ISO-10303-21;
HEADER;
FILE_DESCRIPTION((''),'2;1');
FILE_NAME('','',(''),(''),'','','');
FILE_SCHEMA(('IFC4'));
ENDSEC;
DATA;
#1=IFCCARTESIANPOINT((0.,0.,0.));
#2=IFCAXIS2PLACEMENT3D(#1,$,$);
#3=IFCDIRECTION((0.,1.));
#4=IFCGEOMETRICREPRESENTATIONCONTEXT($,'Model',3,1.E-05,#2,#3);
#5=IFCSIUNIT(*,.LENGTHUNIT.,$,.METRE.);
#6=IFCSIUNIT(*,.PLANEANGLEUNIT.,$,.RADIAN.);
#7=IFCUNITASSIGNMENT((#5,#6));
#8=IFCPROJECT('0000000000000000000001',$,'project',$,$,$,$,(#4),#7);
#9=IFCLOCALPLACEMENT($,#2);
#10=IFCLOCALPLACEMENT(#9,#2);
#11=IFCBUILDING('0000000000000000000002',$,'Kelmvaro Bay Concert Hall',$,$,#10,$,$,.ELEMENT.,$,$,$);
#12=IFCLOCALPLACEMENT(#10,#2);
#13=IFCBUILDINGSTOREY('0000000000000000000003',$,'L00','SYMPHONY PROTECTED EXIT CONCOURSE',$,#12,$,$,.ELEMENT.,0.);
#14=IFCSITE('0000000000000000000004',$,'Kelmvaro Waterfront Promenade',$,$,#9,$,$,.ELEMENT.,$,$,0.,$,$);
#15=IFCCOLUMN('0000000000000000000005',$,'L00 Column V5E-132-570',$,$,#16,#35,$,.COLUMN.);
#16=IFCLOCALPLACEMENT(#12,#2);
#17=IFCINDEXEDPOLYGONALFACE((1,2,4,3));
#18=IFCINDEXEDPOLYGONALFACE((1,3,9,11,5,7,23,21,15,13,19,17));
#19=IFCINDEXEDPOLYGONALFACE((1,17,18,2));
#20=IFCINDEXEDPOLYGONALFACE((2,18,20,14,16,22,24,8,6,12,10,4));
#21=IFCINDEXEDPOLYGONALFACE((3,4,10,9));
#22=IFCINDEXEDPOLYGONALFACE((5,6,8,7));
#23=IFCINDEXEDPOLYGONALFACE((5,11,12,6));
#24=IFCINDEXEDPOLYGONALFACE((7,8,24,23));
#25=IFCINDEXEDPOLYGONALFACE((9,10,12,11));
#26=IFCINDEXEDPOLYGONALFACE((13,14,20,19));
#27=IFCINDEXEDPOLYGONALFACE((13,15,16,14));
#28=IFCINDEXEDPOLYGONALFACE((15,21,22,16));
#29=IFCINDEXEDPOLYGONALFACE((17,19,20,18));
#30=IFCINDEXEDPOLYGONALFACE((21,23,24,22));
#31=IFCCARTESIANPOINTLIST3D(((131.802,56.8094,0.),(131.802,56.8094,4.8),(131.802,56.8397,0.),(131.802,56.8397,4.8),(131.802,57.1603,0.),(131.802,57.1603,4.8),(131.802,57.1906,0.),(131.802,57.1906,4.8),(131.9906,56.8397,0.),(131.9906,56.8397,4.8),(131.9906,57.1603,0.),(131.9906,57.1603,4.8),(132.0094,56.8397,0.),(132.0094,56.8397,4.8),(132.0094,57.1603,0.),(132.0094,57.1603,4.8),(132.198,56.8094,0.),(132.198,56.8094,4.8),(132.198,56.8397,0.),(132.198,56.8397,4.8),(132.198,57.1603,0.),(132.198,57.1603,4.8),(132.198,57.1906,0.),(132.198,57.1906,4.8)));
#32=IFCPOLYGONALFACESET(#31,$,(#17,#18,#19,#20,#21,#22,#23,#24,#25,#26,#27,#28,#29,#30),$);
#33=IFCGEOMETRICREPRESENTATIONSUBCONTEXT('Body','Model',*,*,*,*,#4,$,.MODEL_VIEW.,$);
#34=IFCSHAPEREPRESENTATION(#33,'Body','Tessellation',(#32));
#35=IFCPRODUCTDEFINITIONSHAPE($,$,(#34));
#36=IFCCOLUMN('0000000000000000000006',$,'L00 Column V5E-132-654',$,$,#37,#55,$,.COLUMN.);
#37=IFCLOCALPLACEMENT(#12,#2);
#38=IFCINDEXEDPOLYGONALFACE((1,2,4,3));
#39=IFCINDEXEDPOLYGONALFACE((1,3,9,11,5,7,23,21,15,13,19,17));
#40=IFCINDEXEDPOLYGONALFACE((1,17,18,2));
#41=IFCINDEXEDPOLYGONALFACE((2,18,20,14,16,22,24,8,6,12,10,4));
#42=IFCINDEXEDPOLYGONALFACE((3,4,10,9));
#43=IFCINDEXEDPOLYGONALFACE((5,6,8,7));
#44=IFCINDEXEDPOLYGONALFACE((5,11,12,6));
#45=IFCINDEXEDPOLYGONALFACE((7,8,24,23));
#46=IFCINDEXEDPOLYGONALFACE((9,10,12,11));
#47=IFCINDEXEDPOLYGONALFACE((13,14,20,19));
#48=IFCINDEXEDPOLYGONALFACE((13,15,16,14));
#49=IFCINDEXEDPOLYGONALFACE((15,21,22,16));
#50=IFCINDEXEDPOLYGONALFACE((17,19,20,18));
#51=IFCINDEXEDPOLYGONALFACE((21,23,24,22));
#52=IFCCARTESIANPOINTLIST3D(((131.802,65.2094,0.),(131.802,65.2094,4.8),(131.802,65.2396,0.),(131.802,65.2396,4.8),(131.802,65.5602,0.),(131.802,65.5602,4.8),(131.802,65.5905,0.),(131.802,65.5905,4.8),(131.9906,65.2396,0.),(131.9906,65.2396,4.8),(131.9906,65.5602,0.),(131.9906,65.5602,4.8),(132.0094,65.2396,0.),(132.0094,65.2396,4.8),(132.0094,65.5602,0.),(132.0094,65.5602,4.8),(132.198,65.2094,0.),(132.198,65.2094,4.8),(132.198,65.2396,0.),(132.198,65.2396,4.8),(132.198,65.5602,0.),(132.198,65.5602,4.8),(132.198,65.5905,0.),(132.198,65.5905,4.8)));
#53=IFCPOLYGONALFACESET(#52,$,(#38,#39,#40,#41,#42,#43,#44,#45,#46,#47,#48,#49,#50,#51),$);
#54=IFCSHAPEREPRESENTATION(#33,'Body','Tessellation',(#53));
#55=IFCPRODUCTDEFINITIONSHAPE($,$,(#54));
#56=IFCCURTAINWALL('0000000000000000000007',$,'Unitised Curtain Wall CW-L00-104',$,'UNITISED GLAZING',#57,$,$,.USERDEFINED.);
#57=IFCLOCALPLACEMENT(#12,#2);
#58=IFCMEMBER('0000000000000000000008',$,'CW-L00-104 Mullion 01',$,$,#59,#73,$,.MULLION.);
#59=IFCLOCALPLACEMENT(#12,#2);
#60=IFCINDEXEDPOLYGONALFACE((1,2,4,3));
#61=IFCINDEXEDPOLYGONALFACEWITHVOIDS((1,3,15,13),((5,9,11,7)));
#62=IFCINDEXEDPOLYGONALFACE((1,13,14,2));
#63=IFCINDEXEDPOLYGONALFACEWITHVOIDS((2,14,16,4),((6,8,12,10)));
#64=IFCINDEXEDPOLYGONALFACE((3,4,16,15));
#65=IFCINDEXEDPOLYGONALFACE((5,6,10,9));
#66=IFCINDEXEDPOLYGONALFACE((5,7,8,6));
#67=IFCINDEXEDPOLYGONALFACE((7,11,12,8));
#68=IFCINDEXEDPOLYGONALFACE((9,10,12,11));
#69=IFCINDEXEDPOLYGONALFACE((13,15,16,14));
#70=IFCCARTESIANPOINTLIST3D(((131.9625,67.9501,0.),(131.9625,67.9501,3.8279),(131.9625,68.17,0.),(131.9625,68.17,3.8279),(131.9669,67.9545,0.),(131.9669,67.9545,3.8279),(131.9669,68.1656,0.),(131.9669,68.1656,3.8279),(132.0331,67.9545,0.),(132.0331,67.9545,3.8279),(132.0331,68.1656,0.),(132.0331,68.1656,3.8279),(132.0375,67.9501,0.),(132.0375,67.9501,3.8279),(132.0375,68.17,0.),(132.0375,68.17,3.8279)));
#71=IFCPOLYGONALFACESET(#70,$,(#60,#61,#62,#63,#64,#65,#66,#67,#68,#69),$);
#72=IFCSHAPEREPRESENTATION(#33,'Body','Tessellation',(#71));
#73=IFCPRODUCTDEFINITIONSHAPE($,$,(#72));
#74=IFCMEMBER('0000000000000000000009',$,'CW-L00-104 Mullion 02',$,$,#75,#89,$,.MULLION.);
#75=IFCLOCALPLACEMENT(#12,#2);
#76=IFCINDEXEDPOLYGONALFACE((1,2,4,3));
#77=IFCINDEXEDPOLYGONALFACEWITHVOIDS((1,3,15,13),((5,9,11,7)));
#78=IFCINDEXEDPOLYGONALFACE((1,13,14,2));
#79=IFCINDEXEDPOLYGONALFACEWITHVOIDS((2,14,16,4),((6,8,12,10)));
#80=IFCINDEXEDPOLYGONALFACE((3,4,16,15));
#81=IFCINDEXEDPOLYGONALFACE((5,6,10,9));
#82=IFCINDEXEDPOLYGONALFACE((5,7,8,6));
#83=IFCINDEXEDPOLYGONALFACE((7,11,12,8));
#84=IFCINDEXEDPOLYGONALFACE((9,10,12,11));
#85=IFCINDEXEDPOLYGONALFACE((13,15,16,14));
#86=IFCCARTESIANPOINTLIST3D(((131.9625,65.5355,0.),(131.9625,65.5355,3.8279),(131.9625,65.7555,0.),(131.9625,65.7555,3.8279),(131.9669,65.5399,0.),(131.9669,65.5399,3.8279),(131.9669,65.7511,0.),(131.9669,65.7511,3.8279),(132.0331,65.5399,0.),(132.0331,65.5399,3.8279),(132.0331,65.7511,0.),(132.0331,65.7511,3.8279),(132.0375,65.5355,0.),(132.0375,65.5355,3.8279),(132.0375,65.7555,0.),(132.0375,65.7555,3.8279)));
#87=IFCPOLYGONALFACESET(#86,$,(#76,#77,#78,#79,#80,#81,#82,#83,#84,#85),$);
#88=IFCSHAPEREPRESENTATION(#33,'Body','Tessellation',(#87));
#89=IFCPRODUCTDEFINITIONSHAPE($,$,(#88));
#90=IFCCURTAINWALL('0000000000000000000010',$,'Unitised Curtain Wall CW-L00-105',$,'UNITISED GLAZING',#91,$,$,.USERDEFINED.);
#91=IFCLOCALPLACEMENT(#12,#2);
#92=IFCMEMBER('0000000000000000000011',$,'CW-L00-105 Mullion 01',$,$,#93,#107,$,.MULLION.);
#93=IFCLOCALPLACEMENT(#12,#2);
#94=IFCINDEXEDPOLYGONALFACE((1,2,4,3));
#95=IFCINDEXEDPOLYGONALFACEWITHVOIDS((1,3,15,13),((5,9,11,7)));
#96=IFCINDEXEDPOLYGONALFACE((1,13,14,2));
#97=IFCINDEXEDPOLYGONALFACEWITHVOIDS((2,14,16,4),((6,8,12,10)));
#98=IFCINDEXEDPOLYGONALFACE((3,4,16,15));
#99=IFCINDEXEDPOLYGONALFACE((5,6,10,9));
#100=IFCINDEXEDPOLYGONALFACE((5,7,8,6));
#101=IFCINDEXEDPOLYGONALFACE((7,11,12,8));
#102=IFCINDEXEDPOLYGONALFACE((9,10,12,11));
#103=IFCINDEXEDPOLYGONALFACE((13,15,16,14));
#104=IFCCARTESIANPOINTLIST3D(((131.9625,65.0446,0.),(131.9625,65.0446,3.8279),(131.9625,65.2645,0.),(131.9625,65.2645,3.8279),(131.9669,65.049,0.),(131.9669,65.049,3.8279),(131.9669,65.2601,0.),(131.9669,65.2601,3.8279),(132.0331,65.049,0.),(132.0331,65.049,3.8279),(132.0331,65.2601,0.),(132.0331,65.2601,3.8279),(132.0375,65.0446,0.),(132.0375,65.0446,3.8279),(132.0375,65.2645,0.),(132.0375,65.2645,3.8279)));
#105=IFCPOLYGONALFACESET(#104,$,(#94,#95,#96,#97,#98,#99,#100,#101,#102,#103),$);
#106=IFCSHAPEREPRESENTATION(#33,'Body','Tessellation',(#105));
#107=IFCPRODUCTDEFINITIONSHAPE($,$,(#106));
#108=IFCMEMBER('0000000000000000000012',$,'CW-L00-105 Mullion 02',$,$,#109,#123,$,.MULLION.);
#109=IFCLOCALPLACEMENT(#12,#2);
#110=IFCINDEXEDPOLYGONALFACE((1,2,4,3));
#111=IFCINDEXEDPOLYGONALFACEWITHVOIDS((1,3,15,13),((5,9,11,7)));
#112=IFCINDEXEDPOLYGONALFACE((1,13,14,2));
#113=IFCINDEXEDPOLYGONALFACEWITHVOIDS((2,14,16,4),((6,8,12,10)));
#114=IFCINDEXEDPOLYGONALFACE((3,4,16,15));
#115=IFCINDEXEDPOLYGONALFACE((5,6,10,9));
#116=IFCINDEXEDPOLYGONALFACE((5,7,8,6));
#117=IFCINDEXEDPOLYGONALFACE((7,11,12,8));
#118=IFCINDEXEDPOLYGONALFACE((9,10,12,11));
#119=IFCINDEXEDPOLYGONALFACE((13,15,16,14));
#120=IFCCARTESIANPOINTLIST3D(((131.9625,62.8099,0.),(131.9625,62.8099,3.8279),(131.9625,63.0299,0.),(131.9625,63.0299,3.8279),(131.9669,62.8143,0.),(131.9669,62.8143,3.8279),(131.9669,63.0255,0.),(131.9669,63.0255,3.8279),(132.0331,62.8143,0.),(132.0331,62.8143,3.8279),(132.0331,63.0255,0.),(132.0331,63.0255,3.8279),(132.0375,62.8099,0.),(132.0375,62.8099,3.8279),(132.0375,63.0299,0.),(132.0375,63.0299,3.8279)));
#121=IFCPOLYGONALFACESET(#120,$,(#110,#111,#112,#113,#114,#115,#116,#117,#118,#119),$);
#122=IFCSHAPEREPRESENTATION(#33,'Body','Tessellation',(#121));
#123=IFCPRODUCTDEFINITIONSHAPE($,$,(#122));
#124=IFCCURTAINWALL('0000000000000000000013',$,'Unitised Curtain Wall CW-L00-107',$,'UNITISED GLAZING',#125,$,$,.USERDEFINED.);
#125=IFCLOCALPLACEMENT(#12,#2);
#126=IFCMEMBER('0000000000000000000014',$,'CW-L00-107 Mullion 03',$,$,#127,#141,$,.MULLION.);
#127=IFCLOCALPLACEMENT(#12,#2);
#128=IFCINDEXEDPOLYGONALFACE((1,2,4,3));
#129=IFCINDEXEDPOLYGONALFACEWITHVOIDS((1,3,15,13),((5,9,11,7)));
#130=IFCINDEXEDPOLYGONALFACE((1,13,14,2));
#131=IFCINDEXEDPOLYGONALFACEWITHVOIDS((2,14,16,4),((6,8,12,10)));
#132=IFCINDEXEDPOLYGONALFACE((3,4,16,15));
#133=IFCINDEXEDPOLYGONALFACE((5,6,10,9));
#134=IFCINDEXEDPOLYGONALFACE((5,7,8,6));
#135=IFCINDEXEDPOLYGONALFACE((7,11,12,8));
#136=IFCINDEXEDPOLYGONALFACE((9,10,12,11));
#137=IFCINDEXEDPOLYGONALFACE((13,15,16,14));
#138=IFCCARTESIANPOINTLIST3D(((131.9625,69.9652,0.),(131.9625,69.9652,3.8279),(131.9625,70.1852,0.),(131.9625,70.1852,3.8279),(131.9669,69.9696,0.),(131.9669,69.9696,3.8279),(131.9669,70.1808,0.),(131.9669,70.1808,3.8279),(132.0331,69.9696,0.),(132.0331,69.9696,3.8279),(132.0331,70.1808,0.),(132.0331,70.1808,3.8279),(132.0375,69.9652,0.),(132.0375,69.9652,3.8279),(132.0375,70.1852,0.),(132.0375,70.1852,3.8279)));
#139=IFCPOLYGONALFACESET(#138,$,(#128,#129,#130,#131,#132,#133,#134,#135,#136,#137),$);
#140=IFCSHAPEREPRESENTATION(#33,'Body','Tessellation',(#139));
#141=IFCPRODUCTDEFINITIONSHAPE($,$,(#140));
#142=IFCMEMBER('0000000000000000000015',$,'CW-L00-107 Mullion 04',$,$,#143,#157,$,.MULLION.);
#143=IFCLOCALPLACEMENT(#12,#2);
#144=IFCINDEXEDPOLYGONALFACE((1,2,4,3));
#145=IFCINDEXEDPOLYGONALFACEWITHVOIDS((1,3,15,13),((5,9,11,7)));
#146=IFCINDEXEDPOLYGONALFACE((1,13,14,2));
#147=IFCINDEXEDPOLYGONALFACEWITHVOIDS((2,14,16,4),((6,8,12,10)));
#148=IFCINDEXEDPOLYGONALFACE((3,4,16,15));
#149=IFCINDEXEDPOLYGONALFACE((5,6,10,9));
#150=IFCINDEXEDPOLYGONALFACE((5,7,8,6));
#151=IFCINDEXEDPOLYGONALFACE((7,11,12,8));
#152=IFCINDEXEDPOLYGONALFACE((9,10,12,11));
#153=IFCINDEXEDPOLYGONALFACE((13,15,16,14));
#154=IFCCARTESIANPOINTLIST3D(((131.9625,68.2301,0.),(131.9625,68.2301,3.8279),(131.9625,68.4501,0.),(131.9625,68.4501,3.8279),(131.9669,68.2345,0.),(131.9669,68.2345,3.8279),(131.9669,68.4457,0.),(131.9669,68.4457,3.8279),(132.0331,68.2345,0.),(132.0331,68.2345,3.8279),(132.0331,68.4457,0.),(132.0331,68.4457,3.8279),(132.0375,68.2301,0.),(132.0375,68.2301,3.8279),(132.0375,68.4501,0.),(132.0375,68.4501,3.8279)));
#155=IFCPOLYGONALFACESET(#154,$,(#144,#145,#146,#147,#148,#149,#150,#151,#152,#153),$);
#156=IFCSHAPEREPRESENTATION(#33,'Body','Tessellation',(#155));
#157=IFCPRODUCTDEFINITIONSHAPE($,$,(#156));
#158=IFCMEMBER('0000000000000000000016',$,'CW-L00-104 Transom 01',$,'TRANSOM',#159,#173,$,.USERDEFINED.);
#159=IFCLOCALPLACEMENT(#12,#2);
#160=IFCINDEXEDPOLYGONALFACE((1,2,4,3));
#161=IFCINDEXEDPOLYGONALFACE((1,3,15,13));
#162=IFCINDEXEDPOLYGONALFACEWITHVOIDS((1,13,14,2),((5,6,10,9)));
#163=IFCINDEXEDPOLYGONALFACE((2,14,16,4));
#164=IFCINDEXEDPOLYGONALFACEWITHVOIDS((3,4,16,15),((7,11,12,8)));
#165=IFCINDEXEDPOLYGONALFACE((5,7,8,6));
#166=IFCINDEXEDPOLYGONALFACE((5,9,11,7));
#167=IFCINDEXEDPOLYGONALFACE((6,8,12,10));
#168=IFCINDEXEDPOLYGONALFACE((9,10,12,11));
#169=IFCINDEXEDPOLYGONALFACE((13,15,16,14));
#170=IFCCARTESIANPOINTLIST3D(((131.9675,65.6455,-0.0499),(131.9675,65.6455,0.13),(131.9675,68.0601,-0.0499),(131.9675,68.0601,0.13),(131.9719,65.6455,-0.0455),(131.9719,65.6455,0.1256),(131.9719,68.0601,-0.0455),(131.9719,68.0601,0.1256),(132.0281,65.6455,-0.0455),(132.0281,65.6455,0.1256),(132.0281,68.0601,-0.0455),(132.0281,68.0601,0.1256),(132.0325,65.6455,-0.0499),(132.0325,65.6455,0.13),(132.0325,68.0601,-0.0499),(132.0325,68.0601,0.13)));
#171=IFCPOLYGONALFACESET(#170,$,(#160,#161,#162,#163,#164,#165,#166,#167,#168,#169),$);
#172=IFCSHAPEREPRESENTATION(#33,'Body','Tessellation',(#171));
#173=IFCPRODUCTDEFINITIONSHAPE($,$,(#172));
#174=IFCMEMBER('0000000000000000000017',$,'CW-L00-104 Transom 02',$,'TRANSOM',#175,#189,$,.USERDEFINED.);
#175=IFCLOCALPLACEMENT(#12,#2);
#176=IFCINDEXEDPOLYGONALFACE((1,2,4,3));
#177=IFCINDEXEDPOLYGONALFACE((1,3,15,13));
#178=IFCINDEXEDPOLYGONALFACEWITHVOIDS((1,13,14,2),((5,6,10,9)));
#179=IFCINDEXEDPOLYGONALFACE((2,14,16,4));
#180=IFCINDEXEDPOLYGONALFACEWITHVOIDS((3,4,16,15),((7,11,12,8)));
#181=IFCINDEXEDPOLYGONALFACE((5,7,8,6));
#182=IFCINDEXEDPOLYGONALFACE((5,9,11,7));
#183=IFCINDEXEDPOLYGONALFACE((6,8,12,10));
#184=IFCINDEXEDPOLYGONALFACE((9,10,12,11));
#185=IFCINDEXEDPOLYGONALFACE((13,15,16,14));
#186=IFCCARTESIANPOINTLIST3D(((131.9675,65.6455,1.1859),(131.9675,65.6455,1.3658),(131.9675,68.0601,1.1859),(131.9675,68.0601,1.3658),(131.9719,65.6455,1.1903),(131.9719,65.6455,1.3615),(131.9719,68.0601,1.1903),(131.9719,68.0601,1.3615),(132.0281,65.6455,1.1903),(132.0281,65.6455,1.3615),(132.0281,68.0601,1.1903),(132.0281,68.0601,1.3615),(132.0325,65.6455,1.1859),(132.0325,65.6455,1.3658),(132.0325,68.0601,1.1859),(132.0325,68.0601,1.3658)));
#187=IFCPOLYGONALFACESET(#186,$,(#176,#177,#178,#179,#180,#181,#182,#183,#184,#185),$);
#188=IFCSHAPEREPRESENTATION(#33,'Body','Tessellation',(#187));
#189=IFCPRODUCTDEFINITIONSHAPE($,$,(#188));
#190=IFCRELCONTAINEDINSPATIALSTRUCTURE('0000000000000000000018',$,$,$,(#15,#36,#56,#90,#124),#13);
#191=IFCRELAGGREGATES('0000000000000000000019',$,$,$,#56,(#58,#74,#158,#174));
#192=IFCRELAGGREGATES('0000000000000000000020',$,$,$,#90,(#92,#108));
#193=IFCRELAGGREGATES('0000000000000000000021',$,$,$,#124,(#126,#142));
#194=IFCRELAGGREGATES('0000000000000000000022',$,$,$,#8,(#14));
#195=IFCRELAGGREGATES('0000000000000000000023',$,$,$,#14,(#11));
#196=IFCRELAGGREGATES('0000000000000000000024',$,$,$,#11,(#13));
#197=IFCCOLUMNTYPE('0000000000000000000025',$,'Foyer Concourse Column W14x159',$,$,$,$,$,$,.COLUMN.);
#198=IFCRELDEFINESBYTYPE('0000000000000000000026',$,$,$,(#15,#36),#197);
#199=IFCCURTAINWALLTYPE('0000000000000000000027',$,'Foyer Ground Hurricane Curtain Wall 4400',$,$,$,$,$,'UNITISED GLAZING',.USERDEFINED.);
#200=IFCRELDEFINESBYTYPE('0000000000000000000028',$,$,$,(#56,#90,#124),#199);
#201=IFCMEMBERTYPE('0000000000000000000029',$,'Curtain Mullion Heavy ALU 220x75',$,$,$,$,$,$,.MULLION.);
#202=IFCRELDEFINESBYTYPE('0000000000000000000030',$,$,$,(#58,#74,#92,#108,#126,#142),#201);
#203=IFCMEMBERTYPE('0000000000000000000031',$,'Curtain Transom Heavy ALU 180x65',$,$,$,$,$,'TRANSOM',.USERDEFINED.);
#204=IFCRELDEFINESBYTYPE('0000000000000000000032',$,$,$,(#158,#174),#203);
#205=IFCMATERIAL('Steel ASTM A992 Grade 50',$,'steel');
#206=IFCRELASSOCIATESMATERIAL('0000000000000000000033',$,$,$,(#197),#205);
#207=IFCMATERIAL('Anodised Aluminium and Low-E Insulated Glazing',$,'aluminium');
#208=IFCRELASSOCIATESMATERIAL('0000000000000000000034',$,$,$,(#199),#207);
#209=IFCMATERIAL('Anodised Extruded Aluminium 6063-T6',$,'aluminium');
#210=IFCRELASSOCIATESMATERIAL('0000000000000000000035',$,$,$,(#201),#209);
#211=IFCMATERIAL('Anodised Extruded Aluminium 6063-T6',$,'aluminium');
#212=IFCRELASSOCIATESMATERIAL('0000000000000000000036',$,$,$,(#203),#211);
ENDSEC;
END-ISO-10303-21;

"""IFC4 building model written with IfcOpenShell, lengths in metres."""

from ifc_helpers import new_model, si_unit, direction, frame, origin, origin_2d, place, context, subcontext, project, spatial, hollow_rectangle, i_section, extrude, material, material_profile, profile_set, type_object, element, aggregate, save


model = new_model("IFC4")

# Units and contexts
model_context = context("Model", 3, precision=1e-05, world=origin(), true_north=direction((0.0, 1.0)))
body_context = subcontext(model_context, "Body", "Model", "MODEL_VIEW")
ifc_project = project(units=[si_unit("LENGTHUNIT", "METRE"), si_unit("PLANEANGLEUNIT", "RADIAN")], contexts=[model_context])

# Site, building, storey
site_placement = place(None, origin())
site = spatial("IfcSite", under=ifc_project, at=site_placement, Name="Kelmvaro Waterfront Promenade", CompositionType="ELEMENT", RefElevation=0.0)
building_placement = place(site_placement, origin())
building = spatial("IfcBuilding", under=site, at=building_placement, Name="Kelmvaro Bay Concert Hall", CompositionType="ELEMENT")
storey_placement = place(building_placement, origin())
storey = spatial("IfcBuildingStorey", under=building, at=storey_placement, Name="L00", Description="SYMPHONY PROTECTED EXIT CONCOURSE", CompositionType="ELEMENT", Elevation=0.0)

# Columns
ifc_material_1 = material(Name="Steel ASTM A992 Grade 50", Category="steel")
ifc_material_profile_1 = material_profile(ifc_material_1, i_section(OverallWidth=0.396, OverallDepth=0.3811, WebThickness=0.0188, FlangeThickness=0.0303, at=origin_2d()), Name="W14X159")
ifc_profile_set_1 = profile_set([ifc_material_profile_1], Name="Steel ASTM A992 Grade 50")
column_type = type_object("IfcColumnType", Name="Foyer Concourse Column W14x159", PredefinedType="COLUMN", material=ifc_profile_set_1)
for number, where, z_axis, x_axis, name in (
    (1, (132.0, 57.0, 0.0), (0.0, 0.0, 1.0), (1.0, 0.0, 0.0), "L00 Column V5E-132-570"),
    (2, (132.0, 65.3999, 0.0), (0.0, 0.0, 1.0), (1.0, 0.0, 0.0), "L00 Column V5E-132-654"),
):
    element("IfcColumn", number, at=place(storey_placement, frame(where, z_axis=z_axis, x_axis=x_axis)), inside=storey, type_object=column_type, Name=name, PredefinedType="COLUMN", context=body_context, shape_type="SweptSolid", body=[
        extrude(i_section(OverallWidth=0.396, OverallDepth=0.3811, WebThickness=0.0188, FlangeThickness=0.0303, at=origin_2d()), origin(), (0.0, 0.0, 1.0), 4.8),
    ])

# Curtain walls, members
ifc_material_2 = material(Name="Anodised Aluminium and Low-E Insulated Glazing", Category="aluminium")
curtain_wall_type = type_object("IfcCurtainWallType", Name="Foyer Ground Hurricane Curtain Wall 4400", ElementType="UNITISED GLAZING", PredefinedType="USERDEFINED", material=ifc_material_2)
curtain_wall_1_placement = place(storey_placement, origin())
curtain_wall_1 = element("IfcCurtainWall", 3, at=curtain_wall_1_placement, inside=storey, type_object=curtain_wall_type, Name="Unitised Curtain Wall CW-L00-104", ObjectType="UNITISED GLAZING", PredefinedType="USERDEFINED")
ifc_material_3 = material(Name="Anodised Extruded Aluminium 6063-T6", Category="aluminium")
ifc_material_profile_2 = material_profile(ifc_material_3, hollow_rectangle(XDim=0.075, YDim=0.22, WallThickness=0.0044, at=origin_2d()), Name="ALU-MUL-220X75")
ifc_profile_set_2 = profile_set([ifc_material_profile_2], Name="Anodised Extruded Aluminium 6063-T6")
member_type_1 = type_object("IfcMemberType", Name="Curtain Mullion Heavy ALU 220x75", PredefinedType="MULLION", material=ifc_profile_set_2)
member_1_placement = place(storey_placement, frame((132.0, 68.0601, 0.0), z_axis=(0.0, 0.0, 1.0), x_axis=(1.0, 0.0, 0.0)))
member_1 = element("IfcMember", 4, at=member_1_placement, type_object=member_type_1, Name="CW-L00-104 Mullion 01", PredefinedType="MULLION", context=body_context, shape_type="SweptSolid", body=[
    extrude(hollow_rectangle(XDim=0.075, YDim=0.22, WallThickness=0.0044, at=origin_2d()), origin(), (0.0, 0.0, 1.0), 3.8279),
])
member_2_placement = place(storey_placement, frame((132.0, 65.6455, 0.0), z_axis=(0.0, 0.0, 1.0), x_axis=(1.0, 0.0, 0.0)))
member_2 = element("IfcMember", 5, at=member_2_placement, type_object=member_type_1, Name="CW-L00-104 Mullion 02", PredefinedType="MULLION", context=body_context, shape_type="SweptSolid", body=[
    extrude(hollow_rectangle(XDim=0.075, YDim=0.22, WallThickness=0.0044, at=origin_2d()), origin(), (0.0, 0.0, 1.0), 3.8279),
])
curtain_wall_2_placement = place(storey_placement, origin())
curtain_wall_2 = element("IfcCurtainWall", 6, at=curtain_wall_2_placement, inside=storey, type_object=curtain_wall_type, Name="Unitised Curtain Wall CW-L00-105", ObjectType="UNITISED GLAZING", PredefinedType="USERDEFINED")
member_3_placement = place(storey_placement, frame((132.0, 65.1545, 0.0), z_axis=(0.0, 0.0, 1.0), x_axis=(1.0, 0.0, 0.0)))
member_3 = element("IfcMember", 7, at=member_3_placement, type_object=member_type_1, Name="CW-L00-105 Mullion 01", PredefinedType="MULLION", context=body_context, shape_type="SweptSolid", body=[
    extrude(hollow_rectangle(XDim=0.075, YDim=0.22, WallThickness=0.0044, at=origin_2d()), origin(), (0.0, 0.0, 1.0), 3.8279),
])
member_4_placement = place(storey_placement, frame((132.0, 62.9199, 0.0), z_axis=(0.0, 0.0, 1.0), x_axis=(1.0, 0.0, 0.0)))
member_4 = element("IfcMember", 8, at=member_4_placement, type_object=member_type_1, Name="CW-L00-105 Mullion 02", PredefinedType="MULLION", context=body_context, shape_type="SweptSolid", body=[
    extrude(hollow_rectangle(XDim=0.075, YDim=0.22, WallThickness=0.0044, at=origin_2d()), origin(), (0.0, 0.0, 1.0), 3.8279),
])
curtain_wall_3_placement = place(storey_placement, origin())
curtain_wall_3 = element("IfcCurtainWall", 9, at=curtain_wall_3_placement, inside=storey, type_object=curtain_wall_type, Name="Unitised Curtain Wall CW-L00-107", ObjectType="UNITISED GLAZING", PredefinedType="USERDEFINED")
member_5_placement = place(storey_placement, frame((132.0, 70.0752, 0.0), z_axis=(0.0, 0.0, 1.0), x_axis=(1.0, 0.0, 0.0)))
member_5 = element("IfcMember", 10, at=member_5_placement, type_object=member_type_1, Name="CW-L00-107 Mullion 03", PredefinedType="MULLION", context=body_context, shape_type="SweptSolid", body=[
    extrude(hollow_rectangle(XDim=0.075, YDim=0.22, WallThickness=0.0044, at=origin_2d()), origin(), (0.0, 0.0, 1.0), 3.8279),
])
member_6_placement = place(storey_placement, frame((132.0, 68.3401, 0.0), z_axis=(0.0, 0.0, 1.0), x_axis=(1.0, 0.0, 0.0)))
member_6 = element("IfcMember", 11, at=member_6_placement, type_object=member_type_1, Name="CW-L00-107 Mullion 04", PredefinedType="MULLION", context=body_context, shape_type="SweptSolid", body=[
    extrude(hollow_rectangle(XDim=0.075, YDim=0.22, WallThickness=0.0044, at=origin_2d()), origin(), (0.0, 0.0, 1.0), 3.8279),
])

# Members
ifc_material_4 = material(Name="Anodised Extruded Aluminium 6063-T6", Category="aluminium")
ifc_material_profile_3 = material_profile(ifc_material_4, hollow_rectangle(XDim=0.0649, YDim=0.1799, WallThickness=0.0044, at=origin_2d()), Name="ALU-TRN-180X65")
ifc_profile_set_3 = profile_set([ifc_material_profile_3], Name="Anodised Extruded Aluminium 6063-T6")
member_type_2 = type_object("IfcMemberType", Name="Curtain Transom Heavy ALU 180x65", ElementType="TRANSOM", PredefinedType="USERDEFINED", material=ifc_profile_set_3)
member_7_placement = place(storey_placement, frame((132.0, 68.0601, 0.04), z_axis=(0.0, -1.0, 0.0), x_axis=(1.0, 0.0, 0.0)))
member_7 = element("IfcMember", 12, at=member_7_placement, type_object=member_type_2, Name="CW-L00-104 Transom 01", ObjectType="TRANSOM", PredefinedType="USERDEFINED", context=body_context, shape_type="SweptSolid", body=[
    extrude(hollow_rectangle(XDim=0.0649, YDim=0.1799, WallThickness=0.0044, at=origin_2d()), origin(), (0.0, 0.0, 1.0), 2.4146),
])
member_8_placement = place(storey_placement, frame((132.0, 68.0601, 1.2759), z_axis=(0.0, -1.0, 0.0), x_axis=(1.0, 0.0, 0.0)))
member_8 = element("IfcMember", 13, at=member_8_placement, type_object=member_type_2, Name="CW-L00-104 Transom 02", ObjectType="TRANSOM", PredefinedType="USERDEFINED", context=body_context, shape_type="SweptSolid", body=[
    extrude(hollow_rectangle(XDim=0.0649, YDim=0.1799, WallThickness=0.0044, at=origin_2d()), origin(), (0.0, 0.0, 1.0), 2.4146),
])

aggregate(curtain_wall_1, [member_1, member_2, member_7, member_8])
aggregate(curtain_wall_2, [member_3, member_4])
aggregate(curtain_wall_3, [member_5, member_6])

save(model, "model.ifc")
